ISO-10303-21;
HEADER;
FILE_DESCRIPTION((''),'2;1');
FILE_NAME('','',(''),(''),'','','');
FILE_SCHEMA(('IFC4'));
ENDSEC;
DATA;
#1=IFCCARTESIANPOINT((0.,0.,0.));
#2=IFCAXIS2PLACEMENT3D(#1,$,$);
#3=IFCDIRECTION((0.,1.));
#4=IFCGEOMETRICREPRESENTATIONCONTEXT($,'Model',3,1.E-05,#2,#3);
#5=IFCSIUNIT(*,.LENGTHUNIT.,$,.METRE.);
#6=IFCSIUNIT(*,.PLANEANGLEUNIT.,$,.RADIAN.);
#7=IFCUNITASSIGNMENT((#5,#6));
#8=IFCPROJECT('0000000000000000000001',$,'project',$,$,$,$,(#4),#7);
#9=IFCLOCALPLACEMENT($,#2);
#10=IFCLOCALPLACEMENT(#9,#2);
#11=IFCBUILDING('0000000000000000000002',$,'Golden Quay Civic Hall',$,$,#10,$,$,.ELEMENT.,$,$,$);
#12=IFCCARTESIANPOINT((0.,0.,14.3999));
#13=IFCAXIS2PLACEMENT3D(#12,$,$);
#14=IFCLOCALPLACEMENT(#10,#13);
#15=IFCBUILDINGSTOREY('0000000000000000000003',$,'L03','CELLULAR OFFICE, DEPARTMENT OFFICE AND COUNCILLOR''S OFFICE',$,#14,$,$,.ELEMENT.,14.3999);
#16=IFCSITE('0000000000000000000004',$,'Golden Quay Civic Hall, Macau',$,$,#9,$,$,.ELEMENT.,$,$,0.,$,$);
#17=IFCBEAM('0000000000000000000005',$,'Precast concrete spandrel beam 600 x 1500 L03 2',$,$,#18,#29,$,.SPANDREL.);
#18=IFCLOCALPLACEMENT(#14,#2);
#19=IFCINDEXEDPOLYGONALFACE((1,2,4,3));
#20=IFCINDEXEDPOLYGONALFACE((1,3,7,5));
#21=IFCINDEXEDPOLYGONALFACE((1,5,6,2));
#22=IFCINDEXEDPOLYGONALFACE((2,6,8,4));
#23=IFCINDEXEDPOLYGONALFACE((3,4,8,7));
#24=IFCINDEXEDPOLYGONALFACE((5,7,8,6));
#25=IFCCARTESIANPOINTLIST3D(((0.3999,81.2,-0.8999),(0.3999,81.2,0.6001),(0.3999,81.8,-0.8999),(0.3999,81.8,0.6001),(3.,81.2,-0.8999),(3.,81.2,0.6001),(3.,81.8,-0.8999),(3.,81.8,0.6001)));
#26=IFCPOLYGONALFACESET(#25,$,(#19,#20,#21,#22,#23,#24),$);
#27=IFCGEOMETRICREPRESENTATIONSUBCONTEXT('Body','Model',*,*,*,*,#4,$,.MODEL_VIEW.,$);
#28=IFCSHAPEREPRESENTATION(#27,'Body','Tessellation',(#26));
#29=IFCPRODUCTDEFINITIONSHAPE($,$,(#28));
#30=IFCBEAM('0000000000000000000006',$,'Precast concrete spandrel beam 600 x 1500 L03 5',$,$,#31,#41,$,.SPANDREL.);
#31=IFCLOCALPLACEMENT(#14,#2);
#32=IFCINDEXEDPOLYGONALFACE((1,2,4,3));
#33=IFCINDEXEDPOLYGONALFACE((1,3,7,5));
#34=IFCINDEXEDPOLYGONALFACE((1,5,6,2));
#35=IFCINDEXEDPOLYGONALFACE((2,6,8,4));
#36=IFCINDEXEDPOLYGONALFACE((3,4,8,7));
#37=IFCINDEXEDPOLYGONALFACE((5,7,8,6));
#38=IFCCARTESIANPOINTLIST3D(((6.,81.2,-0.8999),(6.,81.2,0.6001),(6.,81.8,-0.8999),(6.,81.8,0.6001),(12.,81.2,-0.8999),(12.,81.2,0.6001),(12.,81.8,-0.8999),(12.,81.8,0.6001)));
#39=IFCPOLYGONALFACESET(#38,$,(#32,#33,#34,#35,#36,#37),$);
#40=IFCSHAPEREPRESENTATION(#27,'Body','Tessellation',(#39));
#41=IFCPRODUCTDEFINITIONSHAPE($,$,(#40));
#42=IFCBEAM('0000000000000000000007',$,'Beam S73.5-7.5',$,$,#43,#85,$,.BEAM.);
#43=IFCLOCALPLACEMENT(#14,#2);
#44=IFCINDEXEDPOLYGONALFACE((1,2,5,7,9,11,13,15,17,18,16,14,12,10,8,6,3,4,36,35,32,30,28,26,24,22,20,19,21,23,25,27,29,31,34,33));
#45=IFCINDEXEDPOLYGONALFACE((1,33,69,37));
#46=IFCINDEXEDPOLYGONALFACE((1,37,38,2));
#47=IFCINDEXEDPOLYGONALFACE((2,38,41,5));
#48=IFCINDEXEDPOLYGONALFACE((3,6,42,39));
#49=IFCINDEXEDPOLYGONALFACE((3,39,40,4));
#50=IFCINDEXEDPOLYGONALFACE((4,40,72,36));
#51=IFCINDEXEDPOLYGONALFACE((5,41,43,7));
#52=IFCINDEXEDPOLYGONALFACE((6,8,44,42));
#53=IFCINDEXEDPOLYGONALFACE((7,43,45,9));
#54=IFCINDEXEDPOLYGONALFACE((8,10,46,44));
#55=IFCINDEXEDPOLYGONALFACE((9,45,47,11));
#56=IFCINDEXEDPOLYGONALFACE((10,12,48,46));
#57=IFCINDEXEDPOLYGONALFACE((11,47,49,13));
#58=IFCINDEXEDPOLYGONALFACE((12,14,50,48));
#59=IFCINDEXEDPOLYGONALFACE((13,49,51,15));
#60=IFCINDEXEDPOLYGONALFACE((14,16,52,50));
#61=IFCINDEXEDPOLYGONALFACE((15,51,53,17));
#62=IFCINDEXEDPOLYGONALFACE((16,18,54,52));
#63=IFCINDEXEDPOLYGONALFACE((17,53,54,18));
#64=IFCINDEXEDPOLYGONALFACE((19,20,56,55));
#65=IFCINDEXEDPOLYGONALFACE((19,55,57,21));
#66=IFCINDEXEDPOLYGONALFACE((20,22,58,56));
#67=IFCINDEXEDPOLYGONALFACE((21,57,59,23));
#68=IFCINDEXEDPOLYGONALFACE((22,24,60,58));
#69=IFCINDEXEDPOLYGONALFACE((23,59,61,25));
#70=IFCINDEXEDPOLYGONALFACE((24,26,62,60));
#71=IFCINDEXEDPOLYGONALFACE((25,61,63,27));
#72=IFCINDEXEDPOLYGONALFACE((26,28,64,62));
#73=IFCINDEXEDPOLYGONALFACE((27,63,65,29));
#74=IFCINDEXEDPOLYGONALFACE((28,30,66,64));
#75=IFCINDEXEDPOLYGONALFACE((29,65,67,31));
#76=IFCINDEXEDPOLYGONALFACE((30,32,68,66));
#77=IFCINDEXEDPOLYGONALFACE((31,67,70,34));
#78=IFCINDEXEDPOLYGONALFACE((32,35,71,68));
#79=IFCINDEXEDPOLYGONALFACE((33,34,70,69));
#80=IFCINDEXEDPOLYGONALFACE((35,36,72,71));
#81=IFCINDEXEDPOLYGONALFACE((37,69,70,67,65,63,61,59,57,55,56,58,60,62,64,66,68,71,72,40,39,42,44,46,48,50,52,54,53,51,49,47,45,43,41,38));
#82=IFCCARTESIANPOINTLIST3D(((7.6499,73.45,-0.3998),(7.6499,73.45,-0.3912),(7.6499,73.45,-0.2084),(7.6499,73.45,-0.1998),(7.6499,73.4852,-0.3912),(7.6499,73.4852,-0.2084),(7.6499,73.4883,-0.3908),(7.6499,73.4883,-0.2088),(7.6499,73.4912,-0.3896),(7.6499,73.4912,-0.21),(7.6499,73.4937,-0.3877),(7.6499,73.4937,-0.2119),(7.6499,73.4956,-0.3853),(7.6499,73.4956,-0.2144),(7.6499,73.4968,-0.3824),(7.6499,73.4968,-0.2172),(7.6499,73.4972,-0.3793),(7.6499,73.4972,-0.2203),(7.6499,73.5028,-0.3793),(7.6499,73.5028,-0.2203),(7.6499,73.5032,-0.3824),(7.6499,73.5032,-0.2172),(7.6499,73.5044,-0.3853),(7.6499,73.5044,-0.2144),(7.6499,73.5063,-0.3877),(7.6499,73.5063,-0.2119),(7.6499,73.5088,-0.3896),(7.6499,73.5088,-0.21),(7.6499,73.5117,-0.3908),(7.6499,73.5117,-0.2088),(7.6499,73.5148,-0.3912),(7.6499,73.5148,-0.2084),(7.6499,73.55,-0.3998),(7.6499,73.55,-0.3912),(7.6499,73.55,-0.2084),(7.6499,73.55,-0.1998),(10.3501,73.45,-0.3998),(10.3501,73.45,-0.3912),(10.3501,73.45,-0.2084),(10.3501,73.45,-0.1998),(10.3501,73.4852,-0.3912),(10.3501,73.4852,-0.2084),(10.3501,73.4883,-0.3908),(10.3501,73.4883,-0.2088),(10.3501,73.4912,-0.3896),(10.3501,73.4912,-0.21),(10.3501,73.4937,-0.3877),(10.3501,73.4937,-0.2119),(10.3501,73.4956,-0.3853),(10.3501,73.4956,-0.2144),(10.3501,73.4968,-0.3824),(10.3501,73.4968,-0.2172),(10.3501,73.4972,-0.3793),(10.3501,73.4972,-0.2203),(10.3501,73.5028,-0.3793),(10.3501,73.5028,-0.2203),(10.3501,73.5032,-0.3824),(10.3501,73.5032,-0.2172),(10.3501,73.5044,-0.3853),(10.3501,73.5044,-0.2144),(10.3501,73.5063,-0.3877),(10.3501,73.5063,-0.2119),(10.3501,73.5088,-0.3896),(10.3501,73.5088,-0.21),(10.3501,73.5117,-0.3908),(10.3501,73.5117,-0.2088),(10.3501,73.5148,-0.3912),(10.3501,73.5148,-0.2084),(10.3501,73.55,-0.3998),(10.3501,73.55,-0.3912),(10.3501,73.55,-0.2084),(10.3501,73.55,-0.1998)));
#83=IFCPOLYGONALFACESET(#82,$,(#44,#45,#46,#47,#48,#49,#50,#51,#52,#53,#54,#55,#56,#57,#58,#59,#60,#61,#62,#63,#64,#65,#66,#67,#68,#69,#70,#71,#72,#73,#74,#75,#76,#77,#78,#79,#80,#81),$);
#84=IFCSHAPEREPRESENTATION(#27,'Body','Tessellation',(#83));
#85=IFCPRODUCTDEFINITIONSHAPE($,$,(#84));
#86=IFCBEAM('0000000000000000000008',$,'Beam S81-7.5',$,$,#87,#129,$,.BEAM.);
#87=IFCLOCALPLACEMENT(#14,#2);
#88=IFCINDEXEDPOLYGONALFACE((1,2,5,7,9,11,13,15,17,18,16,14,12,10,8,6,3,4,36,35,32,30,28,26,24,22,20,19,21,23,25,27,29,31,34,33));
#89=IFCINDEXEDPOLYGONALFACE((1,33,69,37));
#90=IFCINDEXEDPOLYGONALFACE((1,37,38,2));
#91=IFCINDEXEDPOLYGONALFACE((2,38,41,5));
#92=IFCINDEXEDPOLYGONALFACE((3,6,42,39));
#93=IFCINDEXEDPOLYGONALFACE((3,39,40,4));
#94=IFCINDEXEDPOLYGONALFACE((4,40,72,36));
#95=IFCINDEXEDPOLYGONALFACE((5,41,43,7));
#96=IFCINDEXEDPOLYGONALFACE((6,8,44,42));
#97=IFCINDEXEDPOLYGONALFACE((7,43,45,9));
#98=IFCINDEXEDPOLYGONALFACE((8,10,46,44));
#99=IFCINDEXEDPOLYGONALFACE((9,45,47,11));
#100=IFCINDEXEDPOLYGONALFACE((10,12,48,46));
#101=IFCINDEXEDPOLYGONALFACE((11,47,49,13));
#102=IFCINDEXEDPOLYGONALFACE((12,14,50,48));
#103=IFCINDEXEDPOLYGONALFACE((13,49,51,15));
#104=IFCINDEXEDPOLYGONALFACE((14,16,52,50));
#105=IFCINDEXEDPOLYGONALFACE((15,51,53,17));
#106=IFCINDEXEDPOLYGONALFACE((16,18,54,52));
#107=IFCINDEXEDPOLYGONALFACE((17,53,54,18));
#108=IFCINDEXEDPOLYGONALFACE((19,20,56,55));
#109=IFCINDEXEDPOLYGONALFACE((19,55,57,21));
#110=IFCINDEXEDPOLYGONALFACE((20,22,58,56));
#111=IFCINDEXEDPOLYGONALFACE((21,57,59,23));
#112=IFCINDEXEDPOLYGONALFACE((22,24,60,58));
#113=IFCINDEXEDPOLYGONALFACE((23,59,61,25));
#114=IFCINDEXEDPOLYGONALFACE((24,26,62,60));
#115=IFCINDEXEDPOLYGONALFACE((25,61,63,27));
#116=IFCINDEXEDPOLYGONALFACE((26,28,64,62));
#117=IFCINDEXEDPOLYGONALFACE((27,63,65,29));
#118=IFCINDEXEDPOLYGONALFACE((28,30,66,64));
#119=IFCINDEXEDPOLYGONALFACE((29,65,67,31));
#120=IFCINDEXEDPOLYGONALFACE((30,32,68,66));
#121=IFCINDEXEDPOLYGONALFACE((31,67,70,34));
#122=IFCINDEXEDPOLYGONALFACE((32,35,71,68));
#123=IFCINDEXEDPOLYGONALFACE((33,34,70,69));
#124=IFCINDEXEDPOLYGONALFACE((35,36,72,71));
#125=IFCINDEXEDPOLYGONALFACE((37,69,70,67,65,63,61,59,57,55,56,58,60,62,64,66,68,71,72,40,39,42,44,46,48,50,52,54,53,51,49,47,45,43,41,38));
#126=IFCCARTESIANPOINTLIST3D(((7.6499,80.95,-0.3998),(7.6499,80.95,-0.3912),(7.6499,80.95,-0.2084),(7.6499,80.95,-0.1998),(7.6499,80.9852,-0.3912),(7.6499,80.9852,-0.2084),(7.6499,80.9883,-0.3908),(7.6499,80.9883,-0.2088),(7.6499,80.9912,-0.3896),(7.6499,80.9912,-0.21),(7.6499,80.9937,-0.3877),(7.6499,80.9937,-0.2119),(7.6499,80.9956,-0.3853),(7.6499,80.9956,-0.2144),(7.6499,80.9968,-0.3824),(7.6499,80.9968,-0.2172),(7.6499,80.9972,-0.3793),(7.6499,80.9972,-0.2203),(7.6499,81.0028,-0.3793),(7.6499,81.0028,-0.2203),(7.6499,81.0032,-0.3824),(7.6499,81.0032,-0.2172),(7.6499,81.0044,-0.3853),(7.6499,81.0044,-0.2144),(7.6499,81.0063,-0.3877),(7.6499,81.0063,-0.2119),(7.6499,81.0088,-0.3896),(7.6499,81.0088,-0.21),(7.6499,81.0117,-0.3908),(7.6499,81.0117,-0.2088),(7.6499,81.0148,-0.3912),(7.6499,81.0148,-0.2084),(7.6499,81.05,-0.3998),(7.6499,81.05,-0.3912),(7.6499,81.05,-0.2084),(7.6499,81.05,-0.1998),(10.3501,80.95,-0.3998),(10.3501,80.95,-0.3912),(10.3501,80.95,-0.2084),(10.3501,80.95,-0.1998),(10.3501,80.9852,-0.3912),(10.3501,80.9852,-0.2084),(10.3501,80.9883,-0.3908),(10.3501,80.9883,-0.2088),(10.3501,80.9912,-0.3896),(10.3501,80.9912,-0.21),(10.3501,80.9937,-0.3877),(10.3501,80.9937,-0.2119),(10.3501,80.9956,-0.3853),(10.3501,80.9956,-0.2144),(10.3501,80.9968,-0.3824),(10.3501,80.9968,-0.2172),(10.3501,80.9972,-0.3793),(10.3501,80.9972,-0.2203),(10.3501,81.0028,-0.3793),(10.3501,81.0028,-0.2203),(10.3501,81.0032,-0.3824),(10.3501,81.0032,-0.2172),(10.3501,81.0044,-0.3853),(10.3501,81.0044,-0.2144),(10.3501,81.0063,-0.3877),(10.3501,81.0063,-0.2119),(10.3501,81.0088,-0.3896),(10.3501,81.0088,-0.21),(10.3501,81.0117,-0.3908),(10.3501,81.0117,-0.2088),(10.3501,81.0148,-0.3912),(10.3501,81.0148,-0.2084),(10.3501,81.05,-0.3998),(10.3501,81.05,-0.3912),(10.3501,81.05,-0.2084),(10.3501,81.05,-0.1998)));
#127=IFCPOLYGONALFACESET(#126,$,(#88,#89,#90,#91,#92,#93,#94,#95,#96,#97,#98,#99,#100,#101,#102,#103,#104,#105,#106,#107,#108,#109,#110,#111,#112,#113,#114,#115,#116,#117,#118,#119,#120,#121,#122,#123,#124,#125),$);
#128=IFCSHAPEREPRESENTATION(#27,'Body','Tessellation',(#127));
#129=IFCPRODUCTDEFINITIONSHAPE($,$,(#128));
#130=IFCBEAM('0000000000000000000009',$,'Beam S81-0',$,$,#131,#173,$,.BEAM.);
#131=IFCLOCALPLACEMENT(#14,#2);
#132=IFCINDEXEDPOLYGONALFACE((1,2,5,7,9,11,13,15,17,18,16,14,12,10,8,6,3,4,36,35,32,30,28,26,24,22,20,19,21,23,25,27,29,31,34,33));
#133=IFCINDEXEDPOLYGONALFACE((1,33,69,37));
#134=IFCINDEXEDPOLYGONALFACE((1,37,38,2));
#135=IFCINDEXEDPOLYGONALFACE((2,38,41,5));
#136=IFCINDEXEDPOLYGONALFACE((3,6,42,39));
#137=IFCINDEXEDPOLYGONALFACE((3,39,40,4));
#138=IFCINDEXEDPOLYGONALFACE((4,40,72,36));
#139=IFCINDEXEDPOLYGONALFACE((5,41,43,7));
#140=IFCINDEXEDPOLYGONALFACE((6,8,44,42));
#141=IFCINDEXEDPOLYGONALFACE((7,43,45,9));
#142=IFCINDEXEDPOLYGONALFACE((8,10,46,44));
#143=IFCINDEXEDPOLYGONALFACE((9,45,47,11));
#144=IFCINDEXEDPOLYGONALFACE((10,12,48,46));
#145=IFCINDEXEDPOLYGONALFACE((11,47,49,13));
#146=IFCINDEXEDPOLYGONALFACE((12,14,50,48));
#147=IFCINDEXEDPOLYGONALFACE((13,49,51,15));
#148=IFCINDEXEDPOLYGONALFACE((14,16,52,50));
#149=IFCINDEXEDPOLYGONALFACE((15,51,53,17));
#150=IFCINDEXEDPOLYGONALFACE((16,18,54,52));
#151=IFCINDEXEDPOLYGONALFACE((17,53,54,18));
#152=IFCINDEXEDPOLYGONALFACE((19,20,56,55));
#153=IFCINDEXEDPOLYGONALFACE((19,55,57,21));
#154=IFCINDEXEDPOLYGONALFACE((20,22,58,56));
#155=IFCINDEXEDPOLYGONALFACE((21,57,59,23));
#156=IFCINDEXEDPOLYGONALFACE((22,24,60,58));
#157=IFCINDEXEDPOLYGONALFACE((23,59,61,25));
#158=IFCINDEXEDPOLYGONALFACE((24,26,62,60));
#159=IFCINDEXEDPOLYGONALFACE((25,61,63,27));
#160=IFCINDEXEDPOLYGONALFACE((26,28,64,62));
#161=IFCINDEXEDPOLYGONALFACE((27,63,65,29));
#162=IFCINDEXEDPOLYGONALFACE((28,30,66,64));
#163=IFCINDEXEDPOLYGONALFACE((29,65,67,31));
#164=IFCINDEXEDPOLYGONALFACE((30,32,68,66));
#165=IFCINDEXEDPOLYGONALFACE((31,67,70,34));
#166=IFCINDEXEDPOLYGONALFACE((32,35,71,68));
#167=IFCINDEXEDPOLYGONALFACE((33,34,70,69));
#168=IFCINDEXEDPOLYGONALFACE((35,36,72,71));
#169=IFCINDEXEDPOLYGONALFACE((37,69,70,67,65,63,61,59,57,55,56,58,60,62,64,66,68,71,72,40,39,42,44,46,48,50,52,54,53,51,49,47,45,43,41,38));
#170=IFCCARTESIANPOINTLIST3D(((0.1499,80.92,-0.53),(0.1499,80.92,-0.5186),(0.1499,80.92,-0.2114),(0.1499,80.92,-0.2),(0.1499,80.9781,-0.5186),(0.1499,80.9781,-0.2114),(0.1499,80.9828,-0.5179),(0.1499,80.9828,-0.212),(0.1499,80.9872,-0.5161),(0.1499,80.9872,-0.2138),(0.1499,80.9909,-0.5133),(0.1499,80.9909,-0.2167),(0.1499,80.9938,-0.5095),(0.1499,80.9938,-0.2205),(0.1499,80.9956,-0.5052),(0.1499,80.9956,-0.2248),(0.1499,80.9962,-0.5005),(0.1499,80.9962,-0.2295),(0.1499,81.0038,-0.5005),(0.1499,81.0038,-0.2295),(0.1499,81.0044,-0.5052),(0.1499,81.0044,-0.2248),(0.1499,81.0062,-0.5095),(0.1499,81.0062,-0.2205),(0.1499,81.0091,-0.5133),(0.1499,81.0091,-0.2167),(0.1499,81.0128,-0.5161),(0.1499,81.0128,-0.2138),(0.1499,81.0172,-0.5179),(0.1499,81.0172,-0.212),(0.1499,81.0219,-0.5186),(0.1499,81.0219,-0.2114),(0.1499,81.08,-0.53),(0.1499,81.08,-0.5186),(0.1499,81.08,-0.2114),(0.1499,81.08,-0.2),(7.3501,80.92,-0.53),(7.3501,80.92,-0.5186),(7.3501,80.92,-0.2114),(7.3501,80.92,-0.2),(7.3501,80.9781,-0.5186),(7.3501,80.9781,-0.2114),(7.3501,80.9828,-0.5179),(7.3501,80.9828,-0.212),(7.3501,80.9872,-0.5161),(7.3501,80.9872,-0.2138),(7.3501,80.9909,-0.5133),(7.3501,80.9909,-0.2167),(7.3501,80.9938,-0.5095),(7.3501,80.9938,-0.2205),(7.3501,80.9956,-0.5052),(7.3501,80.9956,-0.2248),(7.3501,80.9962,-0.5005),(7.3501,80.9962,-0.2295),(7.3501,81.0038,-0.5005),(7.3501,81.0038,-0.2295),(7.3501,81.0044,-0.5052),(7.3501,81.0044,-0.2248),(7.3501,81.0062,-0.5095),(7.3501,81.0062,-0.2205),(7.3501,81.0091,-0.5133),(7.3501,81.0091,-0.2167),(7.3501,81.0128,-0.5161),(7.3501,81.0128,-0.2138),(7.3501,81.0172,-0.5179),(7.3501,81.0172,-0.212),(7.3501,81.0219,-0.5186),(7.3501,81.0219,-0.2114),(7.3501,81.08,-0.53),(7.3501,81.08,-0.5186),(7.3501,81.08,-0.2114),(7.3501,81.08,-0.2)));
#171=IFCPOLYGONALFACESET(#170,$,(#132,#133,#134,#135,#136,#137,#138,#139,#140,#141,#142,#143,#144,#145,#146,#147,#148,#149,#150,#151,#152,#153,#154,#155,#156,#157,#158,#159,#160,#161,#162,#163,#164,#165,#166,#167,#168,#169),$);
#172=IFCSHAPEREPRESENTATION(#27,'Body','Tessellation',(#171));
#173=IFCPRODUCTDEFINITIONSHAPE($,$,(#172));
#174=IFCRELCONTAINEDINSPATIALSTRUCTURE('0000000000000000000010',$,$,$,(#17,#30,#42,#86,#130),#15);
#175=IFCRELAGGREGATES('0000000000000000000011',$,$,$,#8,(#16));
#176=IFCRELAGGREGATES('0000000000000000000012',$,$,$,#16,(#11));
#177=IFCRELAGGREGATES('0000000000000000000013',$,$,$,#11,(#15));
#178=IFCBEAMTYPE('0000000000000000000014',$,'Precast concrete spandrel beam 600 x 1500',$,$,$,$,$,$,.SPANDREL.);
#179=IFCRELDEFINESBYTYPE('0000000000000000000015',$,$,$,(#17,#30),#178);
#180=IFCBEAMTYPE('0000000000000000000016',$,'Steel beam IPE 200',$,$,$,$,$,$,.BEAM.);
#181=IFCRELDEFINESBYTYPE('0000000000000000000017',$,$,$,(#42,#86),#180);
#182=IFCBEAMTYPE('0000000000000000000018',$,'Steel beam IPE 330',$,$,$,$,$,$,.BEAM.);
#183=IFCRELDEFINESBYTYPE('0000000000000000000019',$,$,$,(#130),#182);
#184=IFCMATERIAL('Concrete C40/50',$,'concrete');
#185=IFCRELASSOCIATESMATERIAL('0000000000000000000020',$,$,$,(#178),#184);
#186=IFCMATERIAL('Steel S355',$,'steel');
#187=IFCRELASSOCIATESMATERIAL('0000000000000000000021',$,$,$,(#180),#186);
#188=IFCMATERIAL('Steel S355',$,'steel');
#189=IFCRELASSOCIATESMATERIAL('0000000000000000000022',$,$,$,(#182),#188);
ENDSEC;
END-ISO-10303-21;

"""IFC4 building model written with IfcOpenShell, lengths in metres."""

from ifc_helpers import new_model, si_unit, direction, frame, origin, origin_2d, place, context, subcontext, project, spatial, rectangle, i_section, extrude, material, material_profile, profile_set, type_object, element, save


model = new_model("IFC4")

# Units and contexts
model_context = context("Model", 3, precision=1e-05, world=origin(), true_north=direction((0.0, 1.0)))
body_context = subcontext(model_context, "Body", "Model", "MODEL_VIEW")
ifc_project = project(units=[si_unit("LENGTHUNIT", "METRE"), si_unit("PLANEANGLEUNIT", "RADIAN")], contexts=[model_context])

# Site, building, storey
site_placement = place(None, origin())
site = spatial("IfcSite", under=ifc_project, at=site_placement, Name="Golden Quay Civic Hall, Macau", CompositionType="ELEMENT", RefElevation=0.0)
building_placement = place(site_placement, origin())
building = spatial("IfcBuilding", under=site, at=building_placement, Name="Golden Quay Civic Hall", CompositionType="ELEMENT")
storey_placement = place(building_placement, frame((0.0, 0.0, 14.3999)))
storey = spatial("IfcBuildingStorey", under=building, at=storey_placement, Name="L03", Description="CELLULAR OFFICE, DEPARTMENT OFFICE AND COUNCILLOR'S OFFICE", CompositionType="ELEMENT", Elevation=14.3999)

# Beams
ifc_material_1 = material(Name="Concrete C40/50", Category="concrete")
ifc_material_profile_1 = material_profile(ifc_material_1, rectangle(XDim=0.6001, YDim=1.5, at=origin_2d()), Name="RC 600x1500")
ifc_profile_set_1 = profile_set([ifc_material_profile_1], Name="Concrete C40/50")
beam_type_1 = type_object("IfcBeamType", Name="Precast concrete spandrel beam 600 x 1500", PredefinedType="SPANDREL", material=ifc_profile_set_1)
beam_1_placement = place(storey_placement, frame((0.3999, 81.5, -0.1499), z_axis=(1.0, 0.0, 0.0), x_axis=(0.0, 1.0, 0.0)))
element("IfcBeam", 1, at=beam_1_placement, inside=storey, type_object=beam_type_1, Name="Precast concrete spandrel beam 600 x 1500 L03 2", PredefinedType="SPANDREL", context=body_context, shape_type="SweptSolid", body=[
    extrude(rectangle(XDim=0.6001, YDim=1.5, at=origin_2d()), origin(), (0.0, 0.0, 1.0), 2.6001),
])
beam_2_placement = place(storey_placement, frame((6.0, 81.5, -0.1499), z_axis=(1.0, 0.0, 0.0), x_axis=(0.0, 1.0, 0.0)))
element("IfcBeam", 2, at=beam_2_placement, inside=storey, type_object=beam_type_1, Name="Precast concrete spandrel beam 600 x 1500 L03 5", PredefinedType="SPANDREL", context=body_context, shape_type="SweptSolid", body=[
    extrude(rectangle(XDim=0.6001, YDim=1.5, at=origin_2d()), origin(), (0.0, 0.0, 1.0), 6.0),
])
ifc_material_2 = material(Name="Steel S355", Category="steel")
ifc_material_profile_2 = material_profile(ifc_material_2, i_section(OverallWidth=0.1001, OverallDepth=0.2, WebThickness=0.0056, FlangeThickness=0.0085, FilletRadius=0.012, at=origin_2d()), Name="IPE 200")
ifc_profile_set_2 = profile_set([ifc_material_profile_2], Name="Steel S355")
beam_type_2 = type_object("IfcBeamType", Name="Steel beam IPE 200", PredefinedType="BEAM", material=ifc_profile_set_2)
for number, where, z_axis, x_axis, name in (
    (3, (7.6499, 73.5, -0.2998), (1.0, 0.0, 0.0), (0.0, 1.0, 0.0), "Beam S73.5-7.5"),
    (4, (7.6499, 81.0, -0.2998), (1.0, 0.0, 0.0), (0.0, 1.0, 0.0), "Beam S81-7.5"),
):
    element("IfcBeam", number, at=place(storey_placement, frame(where, z_axis=z_axis, x_axis=x_axis)), inside=storey, type_object=beam_type_2, Name=name, PredefinedType="BEAM", context=body_context, shape_type="SweptSolid", body=[
        extrude(i_section(OverallWidth=0.1001, OverallDepth=0.2, WebThickness=0.0056, FlangeThickness=0.0085, FilletRadius=0.012, at=origin_2d()), origin(), (0.0, 0.0, 1.0), 2.7002),
    ])
ifc_material_3 = material(Name="Steel S355", Category="steel")
ifc_material_profile_3 = material_profile(ifc_material_3, i_section(OverallWidth=0.1599, OverallDepth=0.3301, WebThickness=0.0076, FlangeThickness=0.0115, FilletRadius=0.0181, at=origin_2d()), Name="IPE 330")
ifc_profile_set_3 = profile_set([ifc_material_profile_3], Name="Steel S355")
beam_type_3 = type_object("IfcBeamType", Name="Steel beam IPE 330", PredefinedType="BEAM", material=ifc_profile_set_3)
beam_3_placement = place(storey_placement, frame((0.1499, 81.0, -0.365), z_axis=(1.0, 0.0, 0.0), x_axis=(0.0, 1.0, 0.0)))
element("IfcBeam", 5, at=beam_3_placement, inside=storey, type_object=beam_type_3, Name="Beam S81-0", PredefinedType="BEAM", context=body_context, shape_type="SweptSolid", body=[
    extrude(i_section(OverallWidth=0.1599, OverallDepth=0.3301, WebThickness=0.0076, FlangeThickness=0.0115, FilletRadius=0.0181, at=origin_2d()), origin(), (0.0, 0.0, 1.0), 7.2002),
])

save(model, "model.ifc")
